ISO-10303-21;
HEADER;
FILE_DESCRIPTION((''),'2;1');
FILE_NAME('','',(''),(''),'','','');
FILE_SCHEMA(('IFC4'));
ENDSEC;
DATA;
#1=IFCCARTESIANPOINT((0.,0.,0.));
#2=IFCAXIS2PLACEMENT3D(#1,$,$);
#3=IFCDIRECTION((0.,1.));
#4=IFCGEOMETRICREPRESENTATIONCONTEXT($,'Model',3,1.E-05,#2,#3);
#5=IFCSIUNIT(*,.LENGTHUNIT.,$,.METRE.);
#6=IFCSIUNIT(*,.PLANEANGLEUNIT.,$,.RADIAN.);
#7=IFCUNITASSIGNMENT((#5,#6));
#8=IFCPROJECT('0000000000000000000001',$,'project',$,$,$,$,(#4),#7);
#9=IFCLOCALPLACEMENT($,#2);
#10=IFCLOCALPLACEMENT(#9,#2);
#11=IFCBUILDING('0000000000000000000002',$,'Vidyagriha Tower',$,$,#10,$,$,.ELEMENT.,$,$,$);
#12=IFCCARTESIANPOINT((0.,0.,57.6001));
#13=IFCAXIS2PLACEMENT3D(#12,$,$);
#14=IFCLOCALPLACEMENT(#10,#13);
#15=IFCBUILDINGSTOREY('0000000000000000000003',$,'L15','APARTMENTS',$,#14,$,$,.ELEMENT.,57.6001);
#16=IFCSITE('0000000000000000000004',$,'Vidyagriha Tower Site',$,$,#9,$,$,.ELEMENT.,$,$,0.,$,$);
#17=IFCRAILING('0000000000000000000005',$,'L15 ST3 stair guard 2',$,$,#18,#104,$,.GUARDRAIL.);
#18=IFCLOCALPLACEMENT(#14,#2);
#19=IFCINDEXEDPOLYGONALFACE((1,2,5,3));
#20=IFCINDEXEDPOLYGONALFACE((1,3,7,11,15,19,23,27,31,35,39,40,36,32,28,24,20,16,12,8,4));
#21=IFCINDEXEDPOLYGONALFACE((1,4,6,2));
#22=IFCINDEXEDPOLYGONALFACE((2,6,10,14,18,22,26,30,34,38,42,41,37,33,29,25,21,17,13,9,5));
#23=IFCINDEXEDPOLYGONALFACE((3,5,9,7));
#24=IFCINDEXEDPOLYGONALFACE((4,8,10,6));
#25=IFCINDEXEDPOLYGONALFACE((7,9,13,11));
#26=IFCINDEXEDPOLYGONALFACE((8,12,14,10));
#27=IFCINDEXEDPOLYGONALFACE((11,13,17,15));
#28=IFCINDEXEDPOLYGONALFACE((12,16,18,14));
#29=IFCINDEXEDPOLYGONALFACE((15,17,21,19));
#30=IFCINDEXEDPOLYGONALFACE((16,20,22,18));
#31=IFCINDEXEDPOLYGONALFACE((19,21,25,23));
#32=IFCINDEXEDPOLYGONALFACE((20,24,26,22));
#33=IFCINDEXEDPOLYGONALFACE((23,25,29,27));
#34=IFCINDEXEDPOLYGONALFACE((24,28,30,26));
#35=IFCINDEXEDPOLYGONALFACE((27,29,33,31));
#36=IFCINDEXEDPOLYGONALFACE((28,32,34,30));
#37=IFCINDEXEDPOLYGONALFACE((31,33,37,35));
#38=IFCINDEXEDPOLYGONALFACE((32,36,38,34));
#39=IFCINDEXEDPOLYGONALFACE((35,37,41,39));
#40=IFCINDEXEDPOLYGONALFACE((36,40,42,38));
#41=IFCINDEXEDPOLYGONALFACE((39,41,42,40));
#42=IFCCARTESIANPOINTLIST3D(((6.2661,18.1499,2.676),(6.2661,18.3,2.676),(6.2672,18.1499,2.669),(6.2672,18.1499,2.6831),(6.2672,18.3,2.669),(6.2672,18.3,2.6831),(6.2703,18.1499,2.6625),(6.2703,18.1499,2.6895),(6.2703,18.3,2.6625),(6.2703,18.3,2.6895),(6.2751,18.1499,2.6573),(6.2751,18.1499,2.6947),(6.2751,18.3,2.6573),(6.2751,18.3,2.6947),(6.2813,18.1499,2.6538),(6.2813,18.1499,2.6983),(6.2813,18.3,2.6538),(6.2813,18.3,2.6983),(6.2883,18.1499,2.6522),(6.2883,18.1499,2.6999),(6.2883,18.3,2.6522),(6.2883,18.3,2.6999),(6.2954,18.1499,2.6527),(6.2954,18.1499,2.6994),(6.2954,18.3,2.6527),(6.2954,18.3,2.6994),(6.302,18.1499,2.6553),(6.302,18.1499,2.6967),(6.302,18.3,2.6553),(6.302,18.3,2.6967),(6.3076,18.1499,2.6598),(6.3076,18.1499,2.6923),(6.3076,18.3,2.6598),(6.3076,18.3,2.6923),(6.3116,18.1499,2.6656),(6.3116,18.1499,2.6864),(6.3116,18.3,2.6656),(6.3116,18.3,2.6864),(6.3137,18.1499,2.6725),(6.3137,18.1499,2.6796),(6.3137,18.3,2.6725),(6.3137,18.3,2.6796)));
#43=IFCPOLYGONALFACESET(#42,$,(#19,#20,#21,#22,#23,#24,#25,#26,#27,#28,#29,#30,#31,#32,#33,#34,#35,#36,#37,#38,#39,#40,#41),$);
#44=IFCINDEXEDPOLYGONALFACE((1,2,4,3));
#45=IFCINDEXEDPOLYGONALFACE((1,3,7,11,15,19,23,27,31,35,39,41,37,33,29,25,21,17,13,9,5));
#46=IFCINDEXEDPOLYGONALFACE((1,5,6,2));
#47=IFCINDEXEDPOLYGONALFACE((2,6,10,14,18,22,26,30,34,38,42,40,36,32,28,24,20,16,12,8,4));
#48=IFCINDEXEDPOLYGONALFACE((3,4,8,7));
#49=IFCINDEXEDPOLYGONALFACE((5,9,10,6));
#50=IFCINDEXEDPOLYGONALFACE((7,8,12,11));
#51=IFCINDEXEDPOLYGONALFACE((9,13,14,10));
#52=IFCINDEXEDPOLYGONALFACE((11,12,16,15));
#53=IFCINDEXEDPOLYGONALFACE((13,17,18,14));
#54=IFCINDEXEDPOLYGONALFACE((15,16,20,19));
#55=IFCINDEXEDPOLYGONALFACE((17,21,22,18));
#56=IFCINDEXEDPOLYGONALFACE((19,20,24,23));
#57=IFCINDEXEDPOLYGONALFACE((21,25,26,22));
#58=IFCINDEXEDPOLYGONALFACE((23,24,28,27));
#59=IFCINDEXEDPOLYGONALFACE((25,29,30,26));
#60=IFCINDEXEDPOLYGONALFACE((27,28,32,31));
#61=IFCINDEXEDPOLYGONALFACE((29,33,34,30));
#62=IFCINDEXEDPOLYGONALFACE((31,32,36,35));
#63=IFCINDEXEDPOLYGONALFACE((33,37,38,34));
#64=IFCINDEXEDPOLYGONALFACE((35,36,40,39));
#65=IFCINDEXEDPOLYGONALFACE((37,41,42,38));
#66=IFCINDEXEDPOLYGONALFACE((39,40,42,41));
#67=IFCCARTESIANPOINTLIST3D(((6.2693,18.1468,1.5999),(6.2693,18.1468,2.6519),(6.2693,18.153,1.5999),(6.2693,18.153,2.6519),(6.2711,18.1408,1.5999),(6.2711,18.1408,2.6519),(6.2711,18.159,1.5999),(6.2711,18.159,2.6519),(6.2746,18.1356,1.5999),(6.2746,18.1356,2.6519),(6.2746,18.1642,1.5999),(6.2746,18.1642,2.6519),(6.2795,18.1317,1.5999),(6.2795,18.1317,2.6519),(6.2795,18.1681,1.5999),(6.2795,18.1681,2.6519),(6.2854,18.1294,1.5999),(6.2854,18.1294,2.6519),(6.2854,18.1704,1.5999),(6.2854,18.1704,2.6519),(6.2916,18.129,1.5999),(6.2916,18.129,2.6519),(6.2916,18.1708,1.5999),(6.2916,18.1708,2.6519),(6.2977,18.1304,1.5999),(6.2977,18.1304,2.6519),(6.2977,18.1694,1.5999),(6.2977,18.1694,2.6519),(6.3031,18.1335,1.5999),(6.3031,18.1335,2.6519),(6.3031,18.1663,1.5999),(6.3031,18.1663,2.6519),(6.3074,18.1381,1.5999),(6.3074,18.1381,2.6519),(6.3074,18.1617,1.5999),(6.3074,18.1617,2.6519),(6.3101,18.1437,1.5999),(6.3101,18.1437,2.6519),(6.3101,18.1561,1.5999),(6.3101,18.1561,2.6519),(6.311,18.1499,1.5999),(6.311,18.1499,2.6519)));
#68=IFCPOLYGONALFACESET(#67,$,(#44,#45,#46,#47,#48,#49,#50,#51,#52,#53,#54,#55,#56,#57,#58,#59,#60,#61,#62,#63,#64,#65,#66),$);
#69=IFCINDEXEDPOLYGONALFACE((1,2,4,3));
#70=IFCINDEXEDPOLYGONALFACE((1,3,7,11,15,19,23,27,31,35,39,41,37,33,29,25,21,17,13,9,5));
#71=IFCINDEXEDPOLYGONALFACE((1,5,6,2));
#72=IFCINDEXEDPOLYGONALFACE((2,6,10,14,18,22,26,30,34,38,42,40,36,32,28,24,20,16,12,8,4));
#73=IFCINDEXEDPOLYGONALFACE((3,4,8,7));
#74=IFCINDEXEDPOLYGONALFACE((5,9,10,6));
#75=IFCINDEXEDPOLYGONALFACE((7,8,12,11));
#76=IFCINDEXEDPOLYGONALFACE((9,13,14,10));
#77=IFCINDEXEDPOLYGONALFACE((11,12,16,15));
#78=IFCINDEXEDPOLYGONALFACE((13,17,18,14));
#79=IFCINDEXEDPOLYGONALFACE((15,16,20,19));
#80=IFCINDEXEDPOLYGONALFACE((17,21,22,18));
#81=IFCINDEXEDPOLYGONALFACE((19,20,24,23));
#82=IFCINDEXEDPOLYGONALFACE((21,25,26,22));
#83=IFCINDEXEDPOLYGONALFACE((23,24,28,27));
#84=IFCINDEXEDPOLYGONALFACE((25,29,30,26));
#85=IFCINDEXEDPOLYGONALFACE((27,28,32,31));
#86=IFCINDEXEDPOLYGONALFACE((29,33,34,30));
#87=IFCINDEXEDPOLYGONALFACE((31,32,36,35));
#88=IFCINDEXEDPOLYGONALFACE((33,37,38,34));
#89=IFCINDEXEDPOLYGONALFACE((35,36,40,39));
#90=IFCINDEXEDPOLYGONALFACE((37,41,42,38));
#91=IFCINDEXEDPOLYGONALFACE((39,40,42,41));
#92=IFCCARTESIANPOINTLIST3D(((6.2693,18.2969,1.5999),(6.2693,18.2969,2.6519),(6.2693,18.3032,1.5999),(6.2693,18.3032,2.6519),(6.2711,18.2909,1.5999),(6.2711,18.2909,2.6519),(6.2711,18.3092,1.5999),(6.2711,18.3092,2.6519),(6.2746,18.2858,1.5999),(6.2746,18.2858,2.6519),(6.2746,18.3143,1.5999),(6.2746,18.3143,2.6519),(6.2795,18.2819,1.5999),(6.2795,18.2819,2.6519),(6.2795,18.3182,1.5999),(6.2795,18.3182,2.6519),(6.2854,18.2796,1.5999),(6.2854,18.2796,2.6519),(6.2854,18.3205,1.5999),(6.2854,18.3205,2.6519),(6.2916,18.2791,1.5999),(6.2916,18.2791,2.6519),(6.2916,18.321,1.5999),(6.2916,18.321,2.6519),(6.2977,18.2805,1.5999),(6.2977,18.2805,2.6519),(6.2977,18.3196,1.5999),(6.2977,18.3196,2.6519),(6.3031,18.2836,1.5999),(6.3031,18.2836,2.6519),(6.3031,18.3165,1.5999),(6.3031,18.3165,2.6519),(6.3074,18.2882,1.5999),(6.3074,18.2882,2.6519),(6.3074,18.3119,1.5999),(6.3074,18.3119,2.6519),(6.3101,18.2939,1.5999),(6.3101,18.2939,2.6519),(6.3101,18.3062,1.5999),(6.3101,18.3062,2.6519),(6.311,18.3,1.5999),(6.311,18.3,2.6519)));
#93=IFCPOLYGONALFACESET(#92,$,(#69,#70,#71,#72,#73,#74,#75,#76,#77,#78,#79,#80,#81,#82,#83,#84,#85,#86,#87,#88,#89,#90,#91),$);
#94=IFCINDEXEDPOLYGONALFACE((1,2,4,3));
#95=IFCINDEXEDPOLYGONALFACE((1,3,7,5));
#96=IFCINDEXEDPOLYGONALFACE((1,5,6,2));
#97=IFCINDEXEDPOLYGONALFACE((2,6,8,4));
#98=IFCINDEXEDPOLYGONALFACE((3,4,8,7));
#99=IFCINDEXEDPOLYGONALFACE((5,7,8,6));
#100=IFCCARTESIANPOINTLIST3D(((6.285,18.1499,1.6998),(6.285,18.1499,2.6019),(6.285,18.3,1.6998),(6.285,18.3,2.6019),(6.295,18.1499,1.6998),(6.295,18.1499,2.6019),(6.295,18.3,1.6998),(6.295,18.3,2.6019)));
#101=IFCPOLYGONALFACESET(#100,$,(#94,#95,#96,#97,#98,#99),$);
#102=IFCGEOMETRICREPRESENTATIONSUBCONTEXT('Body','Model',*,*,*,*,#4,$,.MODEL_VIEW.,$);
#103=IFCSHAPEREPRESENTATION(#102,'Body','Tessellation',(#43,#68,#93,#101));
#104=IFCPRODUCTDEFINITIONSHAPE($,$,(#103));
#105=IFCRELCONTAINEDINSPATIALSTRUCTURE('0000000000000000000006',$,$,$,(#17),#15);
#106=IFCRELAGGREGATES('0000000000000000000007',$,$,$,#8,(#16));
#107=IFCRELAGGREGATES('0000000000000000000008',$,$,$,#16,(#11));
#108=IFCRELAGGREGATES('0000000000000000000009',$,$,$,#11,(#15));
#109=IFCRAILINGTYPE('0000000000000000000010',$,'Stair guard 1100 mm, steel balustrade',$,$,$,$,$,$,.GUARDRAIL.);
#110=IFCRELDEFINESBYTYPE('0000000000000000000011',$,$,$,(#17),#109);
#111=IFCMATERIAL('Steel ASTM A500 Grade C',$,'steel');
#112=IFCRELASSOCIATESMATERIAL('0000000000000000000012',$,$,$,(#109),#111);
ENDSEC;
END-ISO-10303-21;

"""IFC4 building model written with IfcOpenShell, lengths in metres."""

from ifc_helpers import new_model, si_unit, direction, frame, origin, origin_2d, place, context, subcontext, project, spatial, rectangle, circle, extrude, material, type_object, element, save


model = new_model("IFC4")

# Units and contexts
model_context = context("Model", 3, precision=1e-05, world=origin(), true_north=direction((0.0, 1.0)))
body_context = subcontext(model_context, "Body", "Model", "MODEL_VIEW")
ifc_project = project(units=[si_unit("LENGTHUNIT", "METRE"), si_unit("PLANEANGLEUNIT", "RADIAN")], contexts=[model_context])

# Site, building, storey
site_placement = place(None, origin())
site = spatial("IfcSite", under=ifc_project, at=site_placement, Name="Vidyagriha Tower Site", CompositionType="ELEMENT", RefElevation=0.0)
building_placement = place(site_placement, origin())
building = spatial("IfcBuilding", under=site, at=building_placement, Name="Vidyagriha Tower", CompositionType="ELEMENT")
storey_placement = place(building_placement, frame((0.0, 0.0, 57.6001)))
storey = spatial("IfcBuildingStorey", under=building, at=storey_placement, Name="L15", Description="APARTMENTS", CompositionType="ELEMENT", Elevation=57.6001)

# Railing
ifc_material_1 = material(Name="Steel ASTM A500 Grade C", Category="steel")
railing_type_1 = type_object("IfcRailingType", Name="Stair guard 1100 mm, steel balustrade", PredefinedType="GUARDRAIL", material=ifc_material_1)
railing_1_placement = place(storey_placement, frame((6.29, 18.1499, 1.5999)))
element("IfcRailing", 1, at=railing_1_placement, inside=storey, type_object=railing_type_1, Name="L15 ST3 stair guard 2", PredefinedType="GUARDRAIL", context=body_context, shape_type="SweptSolid", body=[
    extrude(circle(Radius=0.0239, at=origin_2d()), frame((0.0, 0.0, 1.0762), z_axis=(0.0, 1.0, 0.0), x_axis=(-1.0, 0.0, 0.0)), (0.0, 0.0, 1.0), 0.1501),
    extrude(circle(Radius=0.021, at=origin_2d()), origin(), (0.0, 0.0, 1.0), 1.052),
    extrude(circle(Radius=0.021, at=origin_2d()), frame((0.0, 0.1501, 0.0)), (0.0, 0.0, 1.0), 1.052),
    extrude(rectangle(XDim=0.01, YDim=0.9021, at=origin_2d()), frame((0.0, 0.0, 0.551), z_axis=(0.0, 1.0, 0.0), x_axis=(-1.0, 0.0, 0.0)), (0.0, 0.0, 1.0), 0.1501),
])

save(model, "model.ifc")
